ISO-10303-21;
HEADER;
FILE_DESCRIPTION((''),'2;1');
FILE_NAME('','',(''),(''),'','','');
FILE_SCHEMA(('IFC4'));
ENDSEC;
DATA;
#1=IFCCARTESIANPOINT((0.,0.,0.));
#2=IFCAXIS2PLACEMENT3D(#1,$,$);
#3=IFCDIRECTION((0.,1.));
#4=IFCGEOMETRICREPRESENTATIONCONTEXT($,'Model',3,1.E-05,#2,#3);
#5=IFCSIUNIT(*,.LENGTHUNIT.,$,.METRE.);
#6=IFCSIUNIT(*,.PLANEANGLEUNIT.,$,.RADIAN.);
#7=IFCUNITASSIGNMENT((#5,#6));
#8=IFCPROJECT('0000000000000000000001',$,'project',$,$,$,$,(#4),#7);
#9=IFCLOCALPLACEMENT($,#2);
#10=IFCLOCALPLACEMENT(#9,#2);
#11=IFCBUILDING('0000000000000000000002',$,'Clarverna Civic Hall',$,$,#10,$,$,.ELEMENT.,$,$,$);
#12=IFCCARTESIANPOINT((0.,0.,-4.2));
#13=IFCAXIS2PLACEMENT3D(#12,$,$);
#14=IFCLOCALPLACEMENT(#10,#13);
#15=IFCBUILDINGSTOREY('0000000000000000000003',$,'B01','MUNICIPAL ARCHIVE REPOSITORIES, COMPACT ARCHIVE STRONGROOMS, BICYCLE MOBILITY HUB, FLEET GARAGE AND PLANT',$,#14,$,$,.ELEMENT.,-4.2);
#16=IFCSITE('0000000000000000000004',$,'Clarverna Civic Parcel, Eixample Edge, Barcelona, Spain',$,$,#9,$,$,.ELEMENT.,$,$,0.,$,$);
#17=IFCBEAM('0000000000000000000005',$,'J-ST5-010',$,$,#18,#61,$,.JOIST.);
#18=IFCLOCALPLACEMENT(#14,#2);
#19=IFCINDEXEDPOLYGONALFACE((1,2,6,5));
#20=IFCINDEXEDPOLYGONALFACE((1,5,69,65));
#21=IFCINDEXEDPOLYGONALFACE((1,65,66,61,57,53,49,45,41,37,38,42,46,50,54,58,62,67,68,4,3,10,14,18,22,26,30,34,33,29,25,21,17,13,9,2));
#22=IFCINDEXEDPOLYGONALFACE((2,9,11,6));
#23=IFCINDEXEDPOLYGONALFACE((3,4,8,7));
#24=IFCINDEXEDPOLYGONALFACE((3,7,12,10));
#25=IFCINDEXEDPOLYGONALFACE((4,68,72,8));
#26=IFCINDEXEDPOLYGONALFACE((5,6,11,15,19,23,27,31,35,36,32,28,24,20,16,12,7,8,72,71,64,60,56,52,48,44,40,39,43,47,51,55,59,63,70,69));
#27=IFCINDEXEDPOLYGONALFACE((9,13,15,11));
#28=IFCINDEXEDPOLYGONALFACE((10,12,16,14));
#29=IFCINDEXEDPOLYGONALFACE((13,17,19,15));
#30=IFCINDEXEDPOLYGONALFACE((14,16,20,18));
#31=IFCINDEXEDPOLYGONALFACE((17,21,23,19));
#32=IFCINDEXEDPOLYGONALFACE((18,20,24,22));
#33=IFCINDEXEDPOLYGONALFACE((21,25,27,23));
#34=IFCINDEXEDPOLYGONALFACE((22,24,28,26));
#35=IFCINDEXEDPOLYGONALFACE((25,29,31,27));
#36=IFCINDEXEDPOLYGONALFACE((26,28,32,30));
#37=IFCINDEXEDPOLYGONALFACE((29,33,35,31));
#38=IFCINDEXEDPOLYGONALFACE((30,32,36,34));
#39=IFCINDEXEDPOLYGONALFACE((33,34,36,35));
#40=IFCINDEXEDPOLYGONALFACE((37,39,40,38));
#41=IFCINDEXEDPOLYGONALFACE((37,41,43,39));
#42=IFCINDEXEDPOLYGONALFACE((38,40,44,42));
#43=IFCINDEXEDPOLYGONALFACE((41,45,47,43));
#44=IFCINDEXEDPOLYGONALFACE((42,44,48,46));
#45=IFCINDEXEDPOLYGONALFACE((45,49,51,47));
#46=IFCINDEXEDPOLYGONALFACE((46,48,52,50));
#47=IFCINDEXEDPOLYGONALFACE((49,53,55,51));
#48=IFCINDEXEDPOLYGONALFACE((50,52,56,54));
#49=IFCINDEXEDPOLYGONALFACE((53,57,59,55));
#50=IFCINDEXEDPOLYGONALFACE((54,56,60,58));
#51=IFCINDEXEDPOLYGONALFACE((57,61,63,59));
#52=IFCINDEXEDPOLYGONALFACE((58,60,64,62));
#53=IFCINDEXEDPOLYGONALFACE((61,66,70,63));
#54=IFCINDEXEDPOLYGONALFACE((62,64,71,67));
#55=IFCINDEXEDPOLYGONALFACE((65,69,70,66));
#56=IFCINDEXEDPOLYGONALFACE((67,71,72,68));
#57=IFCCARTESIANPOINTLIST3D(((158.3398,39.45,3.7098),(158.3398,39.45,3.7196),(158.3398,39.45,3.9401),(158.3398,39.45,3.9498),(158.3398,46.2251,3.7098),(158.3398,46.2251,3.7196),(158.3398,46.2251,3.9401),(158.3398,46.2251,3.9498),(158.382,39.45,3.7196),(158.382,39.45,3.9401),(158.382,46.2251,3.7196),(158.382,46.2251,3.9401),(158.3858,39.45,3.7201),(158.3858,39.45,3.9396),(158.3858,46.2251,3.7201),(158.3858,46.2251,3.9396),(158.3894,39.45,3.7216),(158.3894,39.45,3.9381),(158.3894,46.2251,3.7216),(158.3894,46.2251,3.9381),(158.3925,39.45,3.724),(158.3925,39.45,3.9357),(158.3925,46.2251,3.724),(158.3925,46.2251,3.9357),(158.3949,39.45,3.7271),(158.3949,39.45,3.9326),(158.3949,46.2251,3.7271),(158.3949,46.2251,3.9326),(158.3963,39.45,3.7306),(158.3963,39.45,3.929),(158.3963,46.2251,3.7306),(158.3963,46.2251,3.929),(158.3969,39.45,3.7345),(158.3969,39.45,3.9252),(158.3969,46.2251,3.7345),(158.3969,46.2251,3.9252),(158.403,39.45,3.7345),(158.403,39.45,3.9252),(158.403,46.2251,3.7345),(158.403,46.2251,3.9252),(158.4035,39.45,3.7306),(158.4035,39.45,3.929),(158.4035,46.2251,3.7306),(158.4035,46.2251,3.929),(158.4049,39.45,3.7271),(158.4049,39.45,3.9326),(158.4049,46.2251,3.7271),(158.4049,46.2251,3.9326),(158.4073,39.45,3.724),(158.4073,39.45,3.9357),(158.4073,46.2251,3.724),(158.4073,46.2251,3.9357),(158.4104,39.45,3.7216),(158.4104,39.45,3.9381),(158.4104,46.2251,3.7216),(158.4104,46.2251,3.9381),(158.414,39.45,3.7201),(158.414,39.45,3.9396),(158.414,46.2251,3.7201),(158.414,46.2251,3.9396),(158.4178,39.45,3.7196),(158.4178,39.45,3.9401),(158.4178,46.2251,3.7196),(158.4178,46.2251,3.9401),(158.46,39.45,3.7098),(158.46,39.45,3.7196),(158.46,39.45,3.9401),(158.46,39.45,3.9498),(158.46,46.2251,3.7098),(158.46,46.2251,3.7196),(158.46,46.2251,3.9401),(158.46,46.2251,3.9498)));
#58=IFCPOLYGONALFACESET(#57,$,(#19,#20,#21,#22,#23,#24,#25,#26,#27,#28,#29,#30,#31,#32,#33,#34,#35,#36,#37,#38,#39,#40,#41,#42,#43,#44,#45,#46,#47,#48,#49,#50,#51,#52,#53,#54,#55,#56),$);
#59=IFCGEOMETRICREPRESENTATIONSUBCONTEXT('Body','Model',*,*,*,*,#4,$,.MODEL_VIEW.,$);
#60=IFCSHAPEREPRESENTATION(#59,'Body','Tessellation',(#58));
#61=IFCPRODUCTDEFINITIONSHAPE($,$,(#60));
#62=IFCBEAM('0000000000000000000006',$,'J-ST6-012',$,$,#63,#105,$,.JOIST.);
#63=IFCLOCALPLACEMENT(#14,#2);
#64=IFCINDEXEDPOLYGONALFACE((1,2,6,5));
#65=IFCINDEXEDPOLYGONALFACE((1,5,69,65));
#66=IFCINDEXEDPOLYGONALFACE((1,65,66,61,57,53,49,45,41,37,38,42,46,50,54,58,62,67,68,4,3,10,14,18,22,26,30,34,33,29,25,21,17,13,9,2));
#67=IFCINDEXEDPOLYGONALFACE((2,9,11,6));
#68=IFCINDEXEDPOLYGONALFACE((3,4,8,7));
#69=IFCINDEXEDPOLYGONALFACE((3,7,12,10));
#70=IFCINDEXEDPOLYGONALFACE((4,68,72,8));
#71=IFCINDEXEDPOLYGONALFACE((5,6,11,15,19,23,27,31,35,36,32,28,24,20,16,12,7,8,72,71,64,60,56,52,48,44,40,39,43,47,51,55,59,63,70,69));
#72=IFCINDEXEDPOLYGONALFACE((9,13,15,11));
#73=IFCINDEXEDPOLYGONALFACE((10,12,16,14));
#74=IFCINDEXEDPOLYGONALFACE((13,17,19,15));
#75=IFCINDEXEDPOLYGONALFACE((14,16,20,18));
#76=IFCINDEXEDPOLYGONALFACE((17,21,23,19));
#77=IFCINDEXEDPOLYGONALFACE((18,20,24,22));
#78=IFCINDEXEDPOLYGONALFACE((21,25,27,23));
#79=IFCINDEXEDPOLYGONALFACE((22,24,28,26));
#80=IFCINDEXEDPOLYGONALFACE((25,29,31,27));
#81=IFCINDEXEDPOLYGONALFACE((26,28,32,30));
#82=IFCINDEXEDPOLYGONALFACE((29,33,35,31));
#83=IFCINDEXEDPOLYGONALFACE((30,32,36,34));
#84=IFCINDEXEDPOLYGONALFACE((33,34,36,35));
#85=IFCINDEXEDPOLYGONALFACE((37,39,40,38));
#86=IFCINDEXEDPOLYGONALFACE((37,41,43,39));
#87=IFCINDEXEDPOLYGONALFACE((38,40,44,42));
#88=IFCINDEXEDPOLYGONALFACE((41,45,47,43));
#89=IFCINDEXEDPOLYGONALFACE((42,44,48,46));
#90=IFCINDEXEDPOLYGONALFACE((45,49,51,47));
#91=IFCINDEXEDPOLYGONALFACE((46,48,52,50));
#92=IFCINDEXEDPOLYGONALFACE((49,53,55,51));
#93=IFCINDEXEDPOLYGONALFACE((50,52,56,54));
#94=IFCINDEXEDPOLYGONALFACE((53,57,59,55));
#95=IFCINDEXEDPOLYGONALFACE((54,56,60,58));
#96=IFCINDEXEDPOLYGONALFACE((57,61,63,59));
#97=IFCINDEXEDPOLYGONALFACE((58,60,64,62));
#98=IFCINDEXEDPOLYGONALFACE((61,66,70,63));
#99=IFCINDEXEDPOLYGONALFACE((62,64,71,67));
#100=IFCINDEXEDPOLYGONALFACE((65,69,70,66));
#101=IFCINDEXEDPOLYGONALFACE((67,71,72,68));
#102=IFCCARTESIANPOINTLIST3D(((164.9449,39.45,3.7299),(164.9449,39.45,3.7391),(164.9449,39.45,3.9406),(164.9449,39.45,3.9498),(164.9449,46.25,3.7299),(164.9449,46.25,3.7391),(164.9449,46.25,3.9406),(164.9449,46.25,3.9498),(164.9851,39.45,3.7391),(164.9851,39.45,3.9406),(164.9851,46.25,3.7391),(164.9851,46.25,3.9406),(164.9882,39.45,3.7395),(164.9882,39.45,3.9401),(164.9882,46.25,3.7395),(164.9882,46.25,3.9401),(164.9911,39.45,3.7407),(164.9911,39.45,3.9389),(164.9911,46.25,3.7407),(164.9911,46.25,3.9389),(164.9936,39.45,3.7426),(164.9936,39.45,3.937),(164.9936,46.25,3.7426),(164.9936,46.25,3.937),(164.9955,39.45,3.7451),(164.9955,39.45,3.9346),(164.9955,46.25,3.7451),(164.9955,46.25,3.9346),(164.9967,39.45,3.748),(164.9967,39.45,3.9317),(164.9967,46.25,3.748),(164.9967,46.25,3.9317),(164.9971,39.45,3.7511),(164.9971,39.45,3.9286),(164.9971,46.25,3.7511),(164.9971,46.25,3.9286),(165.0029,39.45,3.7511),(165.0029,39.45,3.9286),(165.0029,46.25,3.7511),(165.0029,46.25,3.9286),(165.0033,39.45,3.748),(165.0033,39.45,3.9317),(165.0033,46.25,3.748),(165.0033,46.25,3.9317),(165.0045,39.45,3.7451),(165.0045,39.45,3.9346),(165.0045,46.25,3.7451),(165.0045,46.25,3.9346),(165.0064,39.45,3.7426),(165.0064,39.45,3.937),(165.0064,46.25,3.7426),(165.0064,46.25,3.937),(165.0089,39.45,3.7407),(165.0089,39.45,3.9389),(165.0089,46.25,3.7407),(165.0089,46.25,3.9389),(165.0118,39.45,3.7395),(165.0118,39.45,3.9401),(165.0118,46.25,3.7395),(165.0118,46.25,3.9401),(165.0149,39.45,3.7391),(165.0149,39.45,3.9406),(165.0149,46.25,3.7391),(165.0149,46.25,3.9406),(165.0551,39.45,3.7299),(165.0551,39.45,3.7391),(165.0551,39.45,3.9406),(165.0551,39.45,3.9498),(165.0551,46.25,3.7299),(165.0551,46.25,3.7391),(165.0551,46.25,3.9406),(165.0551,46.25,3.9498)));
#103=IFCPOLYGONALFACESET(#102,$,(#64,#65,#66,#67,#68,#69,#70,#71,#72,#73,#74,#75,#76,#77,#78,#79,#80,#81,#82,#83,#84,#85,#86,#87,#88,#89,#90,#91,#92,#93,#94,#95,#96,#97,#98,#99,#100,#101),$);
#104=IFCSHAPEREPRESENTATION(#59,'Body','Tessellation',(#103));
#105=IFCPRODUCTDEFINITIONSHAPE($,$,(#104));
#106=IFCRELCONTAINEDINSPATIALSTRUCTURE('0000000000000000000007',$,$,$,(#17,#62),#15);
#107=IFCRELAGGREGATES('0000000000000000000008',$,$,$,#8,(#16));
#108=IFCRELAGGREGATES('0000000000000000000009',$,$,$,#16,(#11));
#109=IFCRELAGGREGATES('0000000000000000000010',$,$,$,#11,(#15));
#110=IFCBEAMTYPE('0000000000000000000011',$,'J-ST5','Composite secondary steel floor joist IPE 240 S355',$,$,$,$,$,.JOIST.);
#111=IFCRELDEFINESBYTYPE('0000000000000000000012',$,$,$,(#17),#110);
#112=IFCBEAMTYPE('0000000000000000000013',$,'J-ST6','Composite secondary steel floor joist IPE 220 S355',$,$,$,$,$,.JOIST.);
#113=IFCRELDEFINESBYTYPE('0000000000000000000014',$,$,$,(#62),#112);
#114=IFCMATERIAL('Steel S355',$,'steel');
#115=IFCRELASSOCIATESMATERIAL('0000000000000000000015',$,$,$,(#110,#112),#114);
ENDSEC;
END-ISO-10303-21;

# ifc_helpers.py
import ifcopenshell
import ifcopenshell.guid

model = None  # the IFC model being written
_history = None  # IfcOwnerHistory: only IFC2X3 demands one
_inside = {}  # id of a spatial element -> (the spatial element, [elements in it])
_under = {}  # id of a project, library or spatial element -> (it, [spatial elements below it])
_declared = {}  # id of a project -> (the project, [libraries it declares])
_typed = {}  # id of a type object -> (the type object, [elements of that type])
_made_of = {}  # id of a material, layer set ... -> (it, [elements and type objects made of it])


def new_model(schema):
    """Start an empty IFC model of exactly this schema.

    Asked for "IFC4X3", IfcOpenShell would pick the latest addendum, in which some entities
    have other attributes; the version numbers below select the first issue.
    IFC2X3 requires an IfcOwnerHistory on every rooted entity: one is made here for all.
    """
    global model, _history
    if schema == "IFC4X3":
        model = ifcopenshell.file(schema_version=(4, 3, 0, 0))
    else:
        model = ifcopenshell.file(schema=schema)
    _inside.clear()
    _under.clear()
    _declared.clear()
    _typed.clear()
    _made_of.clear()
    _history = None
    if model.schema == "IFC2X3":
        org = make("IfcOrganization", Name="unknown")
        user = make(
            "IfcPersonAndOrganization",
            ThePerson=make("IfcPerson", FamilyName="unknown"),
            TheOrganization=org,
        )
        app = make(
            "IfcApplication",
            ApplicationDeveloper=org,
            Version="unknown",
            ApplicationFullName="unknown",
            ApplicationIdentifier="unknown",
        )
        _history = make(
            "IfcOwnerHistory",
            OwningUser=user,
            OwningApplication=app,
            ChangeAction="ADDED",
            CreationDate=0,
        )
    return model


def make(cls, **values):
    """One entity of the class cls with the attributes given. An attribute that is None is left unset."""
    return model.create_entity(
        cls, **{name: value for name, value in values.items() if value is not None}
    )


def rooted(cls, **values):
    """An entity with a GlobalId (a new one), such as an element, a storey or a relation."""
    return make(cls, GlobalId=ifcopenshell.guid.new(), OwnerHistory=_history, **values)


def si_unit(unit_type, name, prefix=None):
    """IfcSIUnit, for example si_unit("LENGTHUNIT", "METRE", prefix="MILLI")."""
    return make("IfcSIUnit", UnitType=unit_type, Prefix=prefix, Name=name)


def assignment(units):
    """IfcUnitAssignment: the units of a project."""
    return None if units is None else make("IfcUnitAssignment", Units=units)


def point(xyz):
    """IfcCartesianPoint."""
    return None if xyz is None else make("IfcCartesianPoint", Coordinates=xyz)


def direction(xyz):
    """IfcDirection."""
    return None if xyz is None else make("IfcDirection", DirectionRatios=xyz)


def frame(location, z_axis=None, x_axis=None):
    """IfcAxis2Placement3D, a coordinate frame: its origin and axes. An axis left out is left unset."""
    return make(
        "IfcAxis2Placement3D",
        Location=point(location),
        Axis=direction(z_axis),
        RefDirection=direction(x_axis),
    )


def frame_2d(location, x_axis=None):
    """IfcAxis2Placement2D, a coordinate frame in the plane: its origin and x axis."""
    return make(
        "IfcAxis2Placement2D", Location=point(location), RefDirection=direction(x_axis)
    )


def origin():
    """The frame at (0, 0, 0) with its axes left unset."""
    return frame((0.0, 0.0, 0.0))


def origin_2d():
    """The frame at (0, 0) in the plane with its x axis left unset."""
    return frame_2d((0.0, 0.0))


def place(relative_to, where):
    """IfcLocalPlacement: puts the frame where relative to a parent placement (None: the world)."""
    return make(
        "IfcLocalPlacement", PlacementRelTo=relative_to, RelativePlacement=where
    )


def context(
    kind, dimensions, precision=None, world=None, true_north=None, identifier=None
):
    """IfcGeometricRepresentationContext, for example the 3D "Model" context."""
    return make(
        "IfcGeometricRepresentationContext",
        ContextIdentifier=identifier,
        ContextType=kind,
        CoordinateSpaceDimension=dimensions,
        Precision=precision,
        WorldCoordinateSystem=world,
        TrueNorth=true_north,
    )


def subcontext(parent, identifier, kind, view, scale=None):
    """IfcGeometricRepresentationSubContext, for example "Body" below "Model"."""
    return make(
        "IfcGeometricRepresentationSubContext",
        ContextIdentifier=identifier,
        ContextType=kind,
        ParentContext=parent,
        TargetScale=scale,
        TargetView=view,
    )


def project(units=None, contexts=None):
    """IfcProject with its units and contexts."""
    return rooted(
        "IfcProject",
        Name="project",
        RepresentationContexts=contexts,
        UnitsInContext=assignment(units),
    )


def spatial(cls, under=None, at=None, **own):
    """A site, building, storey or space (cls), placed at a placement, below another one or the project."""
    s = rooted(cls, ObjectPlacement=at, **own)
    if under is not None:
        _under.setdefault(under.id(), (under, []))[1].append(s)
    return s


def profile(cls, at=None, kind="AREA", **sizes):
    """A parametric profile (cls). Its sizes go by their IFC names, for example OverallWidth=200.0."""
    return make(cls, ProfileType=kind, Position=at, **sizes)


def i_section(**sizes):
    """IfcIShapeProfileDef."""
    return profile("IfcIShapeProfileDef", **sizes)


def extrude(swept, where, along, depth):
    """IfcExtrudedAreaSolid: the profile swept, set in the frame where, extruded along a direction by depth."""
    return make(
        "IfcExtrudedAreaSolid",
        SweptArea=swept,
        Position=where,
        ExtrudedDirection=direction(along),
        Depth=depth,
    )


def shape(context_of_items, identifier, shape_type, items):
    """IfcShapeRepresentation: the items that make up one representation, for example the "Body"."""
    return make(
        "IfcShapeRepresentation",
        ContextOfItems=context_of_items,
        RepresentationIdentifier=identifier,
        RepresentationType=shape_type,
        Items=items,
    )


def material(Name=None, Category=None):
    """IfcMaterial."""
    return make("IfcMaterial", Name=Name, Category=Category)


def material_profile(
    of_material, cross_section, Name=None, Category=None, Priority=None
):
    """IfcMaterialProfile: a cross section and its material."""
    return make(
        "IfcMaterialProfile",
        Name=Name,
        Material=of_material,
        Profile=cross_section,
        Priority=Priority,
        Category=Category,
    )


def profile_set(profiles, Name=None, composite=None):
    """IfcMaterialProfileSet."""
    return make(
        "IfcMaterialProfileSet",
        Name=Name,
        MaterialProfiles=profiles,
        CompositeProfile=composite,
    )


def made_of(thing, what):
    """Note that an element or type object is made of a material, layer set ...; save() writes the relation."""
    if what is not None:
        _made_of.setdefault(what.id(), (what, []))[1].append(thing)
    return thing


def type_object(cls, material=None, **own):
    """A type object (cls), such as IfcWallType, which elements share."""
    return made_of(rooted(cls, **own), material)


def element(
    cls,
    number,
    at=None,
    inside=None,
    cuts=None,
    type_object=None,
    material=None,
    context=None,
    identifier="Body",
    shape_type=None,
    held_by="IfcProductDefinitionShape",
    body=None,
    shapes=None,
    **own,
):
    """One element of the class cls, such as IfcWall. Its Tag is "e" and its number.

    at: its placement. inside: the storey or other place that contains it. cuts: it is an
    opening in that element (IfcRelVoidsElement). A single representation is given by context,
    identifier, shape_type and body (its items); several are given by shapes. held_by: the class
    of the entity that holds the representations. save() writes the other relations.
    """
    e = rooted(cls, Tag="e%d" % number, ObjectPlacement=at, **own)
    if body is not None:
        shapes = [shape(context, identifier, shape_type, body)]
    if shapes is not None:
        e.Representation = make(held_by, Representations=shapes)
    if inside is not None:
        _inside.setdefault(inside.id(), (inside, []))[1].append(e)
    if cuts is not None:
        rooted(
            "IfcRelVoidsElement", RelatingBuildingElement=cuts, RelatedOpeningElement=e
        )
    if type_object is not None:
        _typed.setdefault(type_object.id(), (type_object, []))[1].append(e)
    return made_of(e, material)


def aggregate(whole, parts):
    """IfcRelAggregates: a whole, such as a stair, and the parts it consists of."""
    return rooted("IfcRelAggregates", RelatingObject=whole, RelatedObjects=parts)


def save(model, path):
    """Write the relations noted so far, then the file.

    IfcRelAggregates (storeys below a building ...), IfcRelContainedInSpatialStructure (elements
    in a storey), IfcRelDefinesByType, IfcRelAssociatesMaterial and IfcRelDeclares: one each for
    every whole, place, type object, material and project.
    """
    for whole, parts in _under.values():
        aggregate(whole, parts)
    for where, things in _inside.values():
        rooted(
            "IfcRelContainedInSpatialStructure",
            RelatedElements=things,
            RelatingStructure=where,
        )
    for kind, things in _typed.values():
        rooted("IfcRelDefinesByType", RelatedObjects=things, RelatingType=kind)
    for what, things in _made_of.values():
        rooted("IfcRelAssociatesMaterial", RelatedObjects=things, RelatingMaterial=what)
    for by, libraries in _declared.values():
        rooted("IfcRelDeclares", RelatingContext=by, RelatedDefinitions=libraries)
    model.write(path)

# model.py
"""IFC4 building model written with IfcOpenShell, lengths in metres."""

from ifc_helpers import new_model, si_unit, direction, frame, origin, origin_2d, place, context, subcontext, project, spatial, i_section, extrude, material, material_profile, profile_set, type_object, element, save


model = new_model("IFC4")

# Units and contexts
model_context = context("Model", 3, precision=1e-05, world=origin(), true_north=direction((0.0, 1.0)))
body_context = subcontext(model_context, "Body", "Model", "MODEL_VIEW")
ifc_project = project(units=[si_unit("LENGTHUNIT", "METRE"), si_unit("PLANEANGLEUNIT", "RADIAN")], contexts=[model_context])

# Site, building, storey
site_placement = place(None, origin())
site = spatial("IfcSite", under=ifc_project, at=site_placement, Name="Clarverna Civic Parcel, Eixample Edge, Barcelona, Spain", CompositionType="ELEMENT", RefElevation=0.0)
building_placement = place(site_placement, origin())
building = spatial("IfcBuilding", under=site, at=building_placement, Name="Clarverna Civic Hall", CompositionType="ELEMENT")
storey_placement = place(building_placement, frame((0.0, 0.0, -4.2)))
storey = spatial("IfcBuildingStorey", under=building, at=storey_placement, Name="B01", Description="MUNICIPAL ARCHIVE REPOSITORIES, COMPACT ARCHIVE STRONGROOMS, BICYCLE MOBILITY HUB, FLEET GARAGE AND PLANT", CompositionType="ELEMENT", Elevation=-4.2)

# Beams
ifc_material_1 = material(Name="Steel S355", Category="steel")
ifc_material_profile_1 = material_profile(ifc_material_1, i_section(OverallWidth=0.1201, OverallDepth=0.24, WebThickness=0.0061, FlangeThickness=0.0098, FilletRadius=0.0149, at=origin_2d()), Name="IPE 240")
ifc_profile_set_1 = profile_set([ifc_material_profile_1], Name="Steel S355")
beam_type_1 = type_object("IfcBeamType", Name="J-ST5", Description="Composite secondary steel floor joist IPE 240 S355", PredefinedType="JOIST", material=ifc_profile_set_1)
beam_1_placement = place(storey_placement, frame((158.3999, 39.45, 3.8298), z_axis=(0.0, 1.0, 0.0), x_axis=(-1.0, 0.0, 0.0)))
element("IfcBeam", 1, at=beam_1_placement, inside=storey, type_object=beam_type_1, Name="J-ST5-010", PredefinedType="JOIST", context=body_context, shape_type="SweptSolid", body=[
    extrude(i_section(OverallWidth=0.1201, OverallDepth=0.24, WebThickness=0.0061, FlangeThickness=0.0098, FilletRadius=0.0149, at=origin_2d()), origin(), (0.0, 0.0, 1.0), 6.7751),
])
ifc_material_profile_2 = material_profile(ifc_material_1, i_section(OverallWidth=0.1101, OverallDepth=0.22, WebThickness=0.0059, FlangeThickness=0.0093, FilletRadius=0.012, at=origin_2d()), Name="IPE 220")
ifc_profile_set_2 = profile_set([ifc_material_profile_2], Name="Steel S355")
beam_type_2 = type_object("IfcBeamType", Name="J-ST6", Description="Composite secondary steel floor joist IPE 220 S355", PredefinedType="JOIST", material=ifc_profile_set_2)
beam_2_placement = place(storey_placement, frame((165.0, 39.45, 3.8398), z_axis=(0.0, 1.0, 0.0), x_axis=(-1.0, 0.0, 0.0)))
element("IfcBeam", 2, at=beam_2_placement, inside=storey, type_object=beam_type_2, Name="J-ST6-012", PredefinedType="JOIST", context=body_context, shape_type="SweptSolid", body=[
    extrude(i_section(OverallWidth=0.1101, OverallDepth=0.22, WebThickness=0.0059, FlangeThickness=0.0093, FilletRadius=0.012, at=origin_2d()), origin(), (0.0, 0.0, 1.0), 6.8),
])

save(model, "model.ifc")
